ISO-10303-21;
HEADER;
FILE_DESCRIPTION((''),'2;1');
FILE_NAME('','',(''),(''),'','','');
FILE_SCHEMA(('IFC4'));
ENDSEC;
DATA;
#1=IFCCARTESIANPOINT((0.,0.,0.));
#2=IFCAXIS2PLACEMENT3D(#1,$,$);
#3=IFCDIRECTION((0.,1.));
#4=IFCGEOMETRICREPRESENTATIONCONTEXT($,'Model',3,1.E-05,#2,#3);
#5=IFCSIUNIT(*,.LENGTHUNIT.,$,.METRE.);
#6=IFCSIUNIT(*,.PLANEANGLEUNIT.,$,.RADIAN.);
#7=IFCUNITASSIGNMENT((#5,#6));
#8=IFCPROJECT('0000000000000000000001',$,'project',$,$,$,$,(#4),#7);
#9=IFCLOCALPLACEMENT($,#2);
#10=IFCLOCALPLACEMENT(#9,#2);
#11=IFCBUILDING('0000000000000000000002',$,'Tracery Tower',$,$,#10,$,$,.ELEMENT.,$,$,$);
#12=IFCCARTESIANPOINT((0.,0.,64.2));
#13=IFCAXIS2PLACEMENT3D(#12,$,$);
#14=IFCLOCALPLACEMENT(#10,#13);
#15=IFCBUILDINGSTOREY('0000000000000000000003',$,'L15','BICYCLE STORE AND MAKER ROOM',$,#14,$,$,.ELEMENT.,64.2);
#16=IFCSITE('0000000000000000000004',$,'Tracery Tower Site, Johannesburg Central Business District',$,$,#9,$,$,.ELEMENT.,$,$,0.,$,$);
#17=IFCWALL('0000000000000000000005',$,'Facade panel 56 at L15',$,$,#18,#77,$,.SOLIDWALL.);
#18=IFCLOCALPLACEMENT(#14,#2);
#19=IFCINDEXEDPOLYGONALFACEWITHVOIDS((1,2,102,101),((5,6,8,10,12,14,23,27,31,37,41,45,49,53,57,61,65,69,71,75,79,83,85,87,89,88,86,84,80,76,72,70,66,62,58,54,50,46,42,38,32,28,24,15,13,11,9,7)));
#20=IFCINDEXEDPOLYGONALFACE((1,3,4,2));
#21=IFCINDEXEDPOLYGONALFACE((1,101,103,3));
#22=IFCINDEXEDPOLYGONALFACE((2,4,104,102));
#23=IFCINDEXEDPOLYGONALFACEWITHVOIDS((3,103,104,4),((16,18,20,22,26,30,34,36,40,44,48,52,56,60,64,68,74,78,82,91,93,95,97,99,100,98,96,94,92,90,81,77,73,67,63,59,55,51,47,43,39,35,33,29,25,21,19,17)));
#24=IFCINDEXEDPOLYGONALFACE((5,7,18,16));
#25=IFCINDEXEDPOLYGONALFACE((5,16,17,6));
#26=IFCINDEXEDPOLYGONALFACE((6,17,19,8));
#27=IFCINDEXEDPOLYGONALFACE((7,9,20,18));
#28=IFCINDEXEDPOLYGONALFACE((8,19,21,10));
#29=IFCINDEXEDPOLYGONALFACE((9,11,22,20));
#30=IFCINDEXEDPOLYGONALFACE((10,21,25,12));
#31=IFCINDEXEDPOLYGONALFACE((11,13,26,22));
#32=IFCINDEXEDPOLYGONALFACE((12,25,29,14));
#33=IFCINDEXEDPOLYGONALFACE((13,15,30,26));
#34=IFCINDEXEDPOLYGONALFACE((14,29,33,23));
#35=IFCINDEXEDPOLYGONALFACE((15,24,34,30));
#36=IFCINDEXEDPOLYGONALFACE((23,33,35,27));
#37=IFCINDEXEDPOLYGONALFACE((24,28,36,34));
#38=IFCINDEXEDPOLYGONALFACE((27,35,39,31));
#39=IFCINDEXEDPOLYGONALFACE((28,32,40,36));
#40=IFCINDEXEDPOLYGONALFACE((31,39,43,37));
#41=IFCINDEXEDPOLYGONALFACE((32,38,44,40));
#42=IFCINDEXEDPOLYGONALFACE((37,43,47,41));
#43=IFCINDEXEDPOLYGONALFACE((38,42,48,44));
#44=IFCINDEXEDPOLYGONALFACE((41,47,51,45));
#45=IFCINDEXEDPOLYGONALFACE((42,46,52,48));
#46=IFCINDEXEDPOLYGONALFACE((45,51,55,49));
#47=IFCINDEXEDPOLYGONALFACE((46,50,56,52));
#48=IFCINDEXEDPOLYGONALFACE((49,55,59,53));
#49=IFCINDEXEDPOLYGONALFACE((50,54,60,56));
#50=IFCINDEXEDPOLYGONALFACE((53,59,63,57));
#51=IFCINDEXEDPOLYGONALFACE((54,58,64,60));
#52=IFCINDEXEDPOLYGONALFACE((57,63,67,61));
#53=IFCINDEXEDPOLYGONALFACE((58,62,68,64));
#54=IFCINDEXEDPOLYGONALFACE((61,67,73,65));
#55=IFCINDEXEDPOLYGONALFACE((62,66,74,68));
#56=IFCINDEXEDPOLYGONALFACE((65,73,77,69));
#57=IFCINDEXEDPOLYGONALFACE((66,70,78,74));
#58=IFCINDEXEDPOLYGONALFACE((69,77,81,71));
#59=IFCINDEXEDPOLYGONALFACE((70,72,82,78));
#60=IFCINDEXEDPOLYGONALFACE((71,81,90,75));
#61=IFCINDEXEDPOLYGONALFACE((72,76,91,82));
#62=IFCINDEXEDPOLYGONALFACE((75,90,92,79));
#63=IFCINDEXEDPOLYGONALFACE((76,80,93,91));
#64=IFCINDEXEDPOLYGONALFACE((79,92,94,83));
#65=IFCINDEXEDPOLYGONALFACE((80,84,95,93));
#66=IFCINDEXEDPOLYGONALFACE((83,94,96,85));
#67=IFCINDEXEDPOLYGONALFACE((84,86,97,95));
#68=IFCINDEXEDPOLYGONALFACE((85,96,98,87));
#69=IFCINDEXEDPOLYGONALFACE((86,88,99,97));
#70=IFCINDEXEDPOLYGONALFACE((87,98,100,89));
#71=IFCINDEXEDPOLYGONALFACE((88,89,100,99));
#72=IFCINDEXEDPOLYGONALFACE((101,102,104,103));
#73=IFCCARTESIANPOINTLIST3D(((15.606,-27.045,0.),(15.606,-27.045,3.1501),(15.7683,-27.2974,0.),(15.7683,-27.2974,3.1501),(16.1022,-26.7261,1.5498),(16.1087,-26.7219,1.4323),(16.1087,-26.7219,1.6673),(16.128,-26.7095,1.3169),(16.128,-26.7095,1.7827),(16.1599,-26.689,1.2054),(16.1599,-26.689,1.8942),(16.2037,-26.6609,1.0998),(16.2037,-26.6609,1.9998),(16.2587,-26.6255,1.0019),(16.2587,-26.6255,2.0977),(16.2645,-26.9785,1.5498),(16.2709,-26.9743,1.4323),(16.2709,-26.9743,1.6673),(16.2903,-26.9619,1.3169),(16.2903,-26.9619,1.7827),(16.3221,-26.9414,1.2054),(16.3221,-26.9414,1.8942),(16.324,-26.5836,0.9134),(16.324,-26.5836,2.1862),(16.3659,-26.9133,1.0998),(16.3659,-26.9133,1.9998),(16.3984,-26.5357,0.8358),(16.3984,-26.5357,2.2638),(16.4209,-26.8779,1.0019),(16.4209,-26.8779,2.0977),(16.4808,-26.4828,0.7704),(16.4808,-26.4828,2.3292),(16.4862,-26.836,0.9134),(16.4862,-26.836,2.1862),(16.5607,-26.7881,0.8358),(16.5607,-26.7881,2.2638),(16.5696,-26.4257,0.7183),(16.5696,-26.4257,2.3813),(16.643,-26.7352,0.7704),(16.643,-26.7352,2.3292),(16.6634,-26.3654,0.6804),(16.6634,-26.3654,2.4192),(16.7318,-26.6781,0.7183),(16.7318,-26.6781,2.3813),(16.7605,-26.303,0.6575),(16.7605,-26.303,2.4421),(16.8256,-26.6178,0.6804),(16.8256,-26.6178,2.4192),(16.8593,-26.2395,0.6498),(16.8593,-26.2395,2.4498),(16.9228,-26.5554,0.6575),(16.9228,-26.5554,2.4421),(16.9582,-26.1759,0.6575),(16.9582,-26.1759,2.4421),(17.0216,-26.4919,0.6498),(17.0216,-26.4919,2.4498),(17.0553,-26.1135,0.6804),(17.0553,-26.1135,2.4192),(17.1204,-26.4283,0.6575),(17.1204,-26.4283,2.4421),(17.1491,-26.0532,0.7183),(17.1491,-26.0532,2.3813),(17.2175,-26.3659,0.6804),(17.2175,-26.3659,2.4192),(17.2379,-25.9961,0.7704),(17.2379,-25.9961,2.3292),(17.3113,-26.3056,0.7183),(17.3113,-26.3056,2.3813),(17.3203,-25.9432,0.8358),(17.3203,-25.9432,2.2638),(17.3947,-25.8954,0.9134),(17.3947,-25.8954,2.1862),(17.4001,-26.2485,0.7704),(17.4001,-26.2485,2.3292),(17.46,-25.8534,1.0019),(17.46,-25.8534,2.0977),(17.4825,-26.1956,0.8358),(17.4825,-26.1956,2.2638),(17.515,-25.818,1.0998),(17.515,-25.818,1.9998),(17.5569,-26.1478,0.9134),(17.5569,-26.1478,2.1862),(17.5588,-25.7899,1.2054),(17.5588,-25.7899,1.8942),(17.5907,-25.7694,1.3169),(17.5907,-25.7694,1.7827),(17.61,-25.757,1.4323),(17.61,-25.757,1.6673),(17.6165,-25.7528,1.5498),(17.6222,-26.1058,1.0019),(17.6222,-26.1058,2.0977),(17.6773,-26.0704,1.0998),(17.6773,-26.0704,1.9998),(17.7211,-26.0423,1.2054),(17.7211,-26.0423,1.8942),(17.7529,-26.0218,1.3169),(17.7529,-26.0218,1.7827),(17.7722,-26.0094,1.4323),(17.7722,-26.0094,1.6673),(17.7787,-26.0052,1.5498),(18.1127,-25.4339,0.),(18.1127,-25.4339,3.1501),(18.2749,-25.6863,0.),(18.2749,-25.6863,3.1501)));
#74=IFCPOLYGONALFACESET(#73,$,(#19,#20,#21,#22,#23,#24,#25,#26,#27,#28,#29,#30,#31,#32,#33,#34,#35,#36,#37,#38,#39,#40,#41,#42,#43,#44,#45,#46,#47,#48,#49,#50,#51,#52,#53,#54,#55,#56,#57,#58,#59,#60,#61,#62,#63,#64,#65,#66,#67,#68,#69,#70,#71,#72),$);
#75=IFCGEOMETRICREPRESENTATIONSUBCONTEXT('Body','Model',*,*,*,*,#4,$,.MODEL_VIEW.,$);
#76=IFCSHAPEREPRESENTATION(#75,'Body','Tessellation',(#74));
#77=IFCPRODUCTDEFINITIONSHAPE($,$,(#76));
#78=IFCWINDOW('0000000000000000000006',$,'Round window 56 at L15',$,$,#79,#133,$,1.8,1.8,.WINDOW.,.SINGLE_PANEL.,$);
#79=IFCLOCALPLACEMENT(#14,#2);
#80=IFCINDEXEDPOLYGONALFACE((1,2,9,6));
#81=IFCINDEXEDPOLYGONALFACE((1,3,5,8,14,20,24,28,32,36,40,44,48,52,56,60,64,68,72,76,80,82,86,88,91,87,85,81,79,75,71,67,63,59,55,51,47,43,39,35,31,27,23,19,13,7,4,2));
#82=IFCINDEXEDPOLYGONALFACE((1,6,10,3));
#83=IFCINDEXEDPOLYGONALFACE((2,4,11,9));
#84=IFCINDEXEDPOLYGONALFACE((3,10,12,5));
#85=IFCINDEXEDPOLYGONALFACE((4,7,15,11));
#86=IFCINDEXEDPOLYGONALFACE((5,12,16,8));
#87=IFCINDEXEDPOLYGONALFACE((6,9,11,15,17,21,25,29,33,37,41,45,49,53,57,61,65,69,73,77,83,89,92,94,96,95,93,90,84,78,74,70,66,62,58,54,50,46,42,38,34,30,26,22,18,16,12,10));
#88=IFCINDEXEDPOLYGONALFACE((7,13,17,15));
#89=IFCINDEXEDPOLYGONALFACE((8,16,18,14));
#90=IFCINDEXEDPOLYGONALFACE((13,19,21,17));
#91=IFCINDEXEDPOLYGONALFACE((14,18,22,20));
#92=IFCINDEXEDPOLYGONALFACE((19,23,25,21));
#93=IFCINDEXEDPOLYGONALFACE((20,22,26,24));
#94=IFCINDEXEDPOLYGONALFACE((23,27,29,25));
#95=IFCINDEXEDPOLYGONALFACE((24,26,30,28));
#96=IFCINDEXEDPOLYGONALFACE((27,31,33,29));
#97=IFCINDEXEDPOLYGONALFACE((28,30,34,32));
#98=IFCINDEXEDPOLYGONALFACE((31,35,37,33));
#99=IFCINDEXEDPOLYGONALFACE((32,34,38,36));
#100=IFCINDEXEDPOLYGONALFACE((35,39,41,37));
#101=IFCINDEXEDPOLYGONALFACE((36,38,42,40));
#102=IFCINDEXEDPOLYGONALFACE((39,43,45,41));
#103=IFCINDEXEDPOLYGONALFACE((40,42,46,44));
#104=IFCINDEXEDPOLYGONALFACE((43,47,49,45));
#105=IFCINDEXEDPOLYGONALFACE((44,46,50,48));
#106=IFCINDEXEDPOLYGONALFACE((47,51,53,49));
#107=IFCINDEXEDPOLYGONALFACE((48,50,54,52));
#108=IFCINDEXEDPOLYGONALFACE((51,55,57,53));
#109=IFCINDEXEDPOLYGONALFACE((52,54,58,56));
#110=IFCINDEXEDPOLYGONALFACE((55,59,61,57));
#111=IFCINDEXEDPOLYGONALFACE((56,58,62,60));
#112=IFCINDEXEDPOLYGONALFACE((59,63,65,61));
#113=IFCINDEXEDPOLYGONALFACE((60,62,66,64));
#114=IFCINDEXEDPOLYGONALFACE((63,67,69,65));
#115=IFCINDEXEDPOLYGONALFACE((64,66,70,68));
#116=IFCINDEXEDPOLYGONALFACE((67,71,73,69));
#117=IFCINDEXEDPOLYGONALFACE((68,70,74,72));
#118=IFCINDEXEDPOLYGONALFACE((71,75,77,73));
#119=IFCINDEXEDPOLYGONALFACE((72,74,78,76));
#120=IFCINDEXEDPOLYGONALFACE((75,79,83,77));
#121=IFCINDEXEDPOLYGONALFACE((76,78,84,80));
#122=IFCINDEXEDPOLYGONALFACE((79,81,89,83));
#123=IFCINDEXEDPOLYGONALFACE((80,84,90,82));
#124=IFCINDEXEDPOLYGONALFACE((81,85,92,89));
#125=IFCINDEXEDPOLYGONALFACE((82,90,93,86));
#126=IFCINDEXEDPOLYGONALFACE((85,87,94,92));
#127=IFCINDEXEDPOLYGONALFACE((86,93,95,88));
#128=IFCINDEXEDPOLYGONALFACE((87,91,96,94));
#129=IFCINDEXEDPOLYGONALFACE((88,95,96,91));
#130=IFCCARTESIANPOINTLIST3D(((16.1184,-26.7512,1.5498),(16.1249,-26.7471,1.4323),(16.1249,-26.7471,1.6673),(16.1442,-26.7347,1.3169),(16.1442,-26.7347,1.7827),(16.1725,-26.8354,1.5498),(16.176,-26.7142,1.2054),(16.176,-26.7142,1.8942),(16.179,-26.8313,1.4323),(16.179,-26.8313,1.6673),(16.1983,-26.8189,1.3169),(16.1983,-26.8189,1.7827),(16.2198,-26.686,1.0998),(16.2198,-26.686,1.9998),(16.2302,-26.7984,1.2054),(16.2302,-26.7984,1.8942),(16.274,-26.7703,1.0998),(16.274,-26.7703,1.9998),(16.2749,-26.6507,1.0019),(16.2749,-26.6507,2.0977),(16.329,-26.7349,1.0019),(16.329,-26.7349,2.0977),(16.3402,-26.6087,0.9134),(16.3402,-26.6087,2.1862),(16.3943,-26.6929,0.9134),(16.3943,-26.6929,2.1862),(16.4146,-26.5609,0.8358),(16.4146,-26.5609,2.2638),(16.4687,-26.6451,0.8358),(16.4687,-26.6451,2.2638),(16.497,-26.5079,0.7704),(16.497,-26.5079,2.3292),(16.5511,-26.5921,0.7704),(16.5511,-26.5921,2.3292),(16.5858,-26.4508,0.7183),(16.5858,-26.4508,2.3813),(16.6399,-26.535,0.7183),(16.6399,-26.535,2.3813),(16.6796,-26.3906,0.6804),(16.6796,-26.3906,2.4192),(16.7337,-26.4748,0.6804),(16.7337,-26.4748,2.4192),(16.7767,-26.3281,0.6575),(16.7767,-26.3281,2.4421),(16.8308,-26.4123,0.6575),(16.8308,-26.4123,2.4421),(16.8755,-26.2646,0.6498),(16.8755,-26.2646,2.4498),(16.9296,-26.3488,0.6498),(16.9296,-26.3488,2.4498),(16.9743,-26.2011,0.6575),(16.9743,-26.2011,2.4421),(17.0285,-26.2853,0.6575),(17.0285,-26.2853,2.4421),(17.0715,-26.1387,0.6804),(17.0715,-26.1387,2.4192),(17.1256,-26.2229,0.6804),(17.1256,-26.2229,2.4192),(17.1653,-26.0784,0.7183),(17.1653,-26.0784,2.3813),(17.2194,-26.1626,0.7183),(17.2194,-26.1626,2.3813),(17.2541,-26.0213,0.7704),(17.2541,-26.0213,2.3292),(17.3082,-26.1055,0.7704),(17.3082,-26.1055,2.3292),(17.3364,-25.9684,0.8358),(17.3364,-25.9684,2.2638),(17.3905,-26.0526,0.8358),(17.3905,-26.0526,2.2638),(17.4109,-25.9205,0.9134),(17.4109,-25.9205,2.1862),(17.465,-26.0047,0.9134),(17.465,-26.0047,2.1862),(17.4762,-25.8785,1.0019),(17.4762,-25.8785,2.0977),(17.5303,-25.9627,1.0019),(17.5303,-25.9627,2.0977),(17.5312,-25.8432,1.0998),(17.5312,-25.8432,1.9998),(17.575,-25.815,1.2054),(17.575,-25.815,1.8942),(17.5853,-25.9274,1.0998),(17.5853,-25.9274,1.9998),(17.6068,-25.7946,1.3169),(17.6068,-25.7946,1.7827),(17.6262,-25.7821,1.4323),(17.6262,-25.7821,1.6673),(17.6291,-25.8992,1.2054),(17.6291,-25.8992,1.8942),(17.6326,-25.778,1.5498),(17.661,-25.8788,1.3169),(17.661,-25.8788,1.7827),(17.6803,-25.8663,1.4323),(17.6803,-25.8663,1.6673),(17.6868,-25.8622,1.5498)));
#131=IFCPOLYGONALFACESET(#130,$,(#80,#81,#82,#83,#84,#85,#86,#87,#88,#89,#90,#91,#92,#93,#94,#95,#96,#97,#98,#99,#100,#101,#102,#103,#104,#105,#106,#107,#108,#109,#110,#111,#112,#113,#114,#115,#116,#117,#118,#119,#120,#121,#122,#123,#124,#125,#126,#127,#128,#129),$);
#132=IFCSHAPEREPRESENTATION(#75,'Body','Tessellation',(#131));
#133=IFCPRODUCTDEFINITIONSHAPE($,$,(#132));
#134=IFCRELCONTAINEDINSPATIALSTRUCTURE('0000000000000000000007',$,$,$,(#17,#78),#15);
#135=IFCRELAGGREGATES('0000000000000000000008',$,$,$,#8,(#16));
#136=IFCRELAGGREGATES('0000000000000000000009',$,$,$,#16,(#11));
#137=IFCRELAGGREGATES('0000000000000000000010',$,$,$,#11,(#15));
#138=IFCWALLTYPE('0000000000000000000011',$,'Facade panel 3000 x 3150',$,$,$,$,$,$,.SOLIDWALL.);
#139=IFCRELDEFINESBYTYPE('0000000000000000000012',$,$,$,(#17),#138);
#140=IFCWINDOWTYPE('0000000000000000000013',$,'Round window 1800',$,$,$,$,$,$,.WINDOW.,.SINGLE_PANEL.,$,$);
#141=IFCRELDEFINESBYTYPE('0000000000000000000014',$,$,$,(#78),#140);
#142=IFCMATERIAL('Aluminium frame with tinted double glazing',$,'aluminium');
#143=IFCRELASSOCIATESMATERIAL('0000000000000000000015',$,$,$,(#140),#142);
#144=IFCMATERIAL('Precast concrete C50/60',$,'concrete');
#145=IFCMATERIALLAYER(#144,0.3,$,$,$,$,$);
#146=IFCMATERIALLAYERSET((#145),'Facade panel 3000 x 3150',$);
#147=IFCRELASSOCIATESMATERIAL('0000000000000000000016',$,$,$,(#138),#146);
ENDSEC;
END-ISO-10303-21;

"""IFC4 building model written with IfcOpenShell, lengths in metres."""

from ifc_helpers import new_model, si_unit, direction, frame, frame_2d, origin, origin_2d, place, context, subcontext, project, spatial, rectangle, circle, extrude, material, layer, layer_set, type_object, element, fill, save


model = new_model("IFC4")

# Units and contexts
model_context = context("Model", 3, precision=1e-05, world=origin(), true_north=direction((0.0, 1.0)))
body_context = subcontext(model_context, "Body", "Model", "MODEL_VIEW")
ifc_project = project(units=[si_unit("LENGTHUNIT", "METRE"), si_unit("PLANEANGLEUNIT", "RADIAN")], contexts=[model_context])

# Site, building, storey
site_placement = place(None, origin())
site = spatial("IfcSite", under=ifc_project, at=site_placement, Name="Tracery Tower Site, Johannesburg Central Business District", CompositionType="ELEMENT", RefElevation=0.0)
building_placement = place(site_placement, origin())
building = spatial("IfcBuilding", under=site, at=building_placement, Name="Tracery Tower", CompositionType="ELEMENT")
storey_placement = place(building_placement, frame((0.0, 0.0, 64.2)))
storey = spatial("IfcBuildingStorey", under=building, at=storey_placement, Name="L15", Description="BICYCLE STORE AND MAKER ROOM", CompositionType="ELEMENT", Elevation=64.2)

# Wall, opening, window
ifc_material_1 = material(Name="Aluminium frame with tinted double glazing", Category="aluminium")
window_type = type_object("IfcWindowType", Name="Round window 1800", PartitioningType="SINGLE_PANEL", PredefinedType="WINDOW", material=ifc_material_1)
ifc_material_2 = material(Name="Precast concrete C50/60", Category="concrete")
ifc_layer_1 = layer(ifc_material_2, 0.3)
ifc_layer_set_1 = layer_set([ifc_layer_1], Name="Facade panel 3000 x 3150")
wall_type_1 = type_object("IfcWallType", Name="Facade panel 3000 x 3150", PredefinedType="SOLIDWALL", material=ifc_layer_set_1)
wall_1_placement = place(storey_placement, frame((15.6873, -27.1711, 0.0), z_axis=(0.0, 0.0, 1.0), x_axis=(0.841224, 0.540687, 0.0)))
wall_1 = element("IfcWall", 1, at=wall_1_placement, inside=storey, type_object=wall_type_1, Name="Facade panel 56 at L15", PredefinedType="SOLIDWALL", context=body_context, shape_type="SweptSolid", body=[
    extrude(rectangle(XDim=2.9797, YDim=0.3, at=frame_2d((1.4897, 0.0))), origin(), (0.0, 0.0, 1.0), 3.1501),
])
opening_1_placement = place(wall_1_placement, frame((1.4897, 0.0, 1.5498)))
opening_1 = element("IfcOpeningElement", 2, at=opening_1_placement, cuts=wall_1, PredefinedType="OPENING", context=body_context, shape_type="SweptSolid", body=[
    extrude(circle(Radius=0.9, at=origin_2d()), frame((0.0, 0.1599, 0.0), z_axis=(0.0, -1.0, 0.0), x_axis=(1.0, 0.0, 0.0)), (0.0, 0.0, 1.0), 0.3201),
])
window_1_placement = place(opening_1_placement, origin())
window_1 = element("IfcWindow", 3, at=window_1_placement, inside=storey, type_object=window_type, Name="Round window 56 at L15", OverallHeight=1.8, OverallWidth=1.8, PartitioningType="SINGLE_PANEL", PredefinedType="WINDOW", context=body_context, shape_type="SweptSolid", body=[
    extrude(circle(Radius=0.9, at=origin_2d()), frame((0.0, 0.1201, 0.0), z_axis=(0.0, -1.0, 0.0), x_axis=(1.0, 0.0, 0.0)), (0.0, 0.0, 1.0), 0.1001),
])
fill(opening_1, window_1)

save(model, "model.ifc")
